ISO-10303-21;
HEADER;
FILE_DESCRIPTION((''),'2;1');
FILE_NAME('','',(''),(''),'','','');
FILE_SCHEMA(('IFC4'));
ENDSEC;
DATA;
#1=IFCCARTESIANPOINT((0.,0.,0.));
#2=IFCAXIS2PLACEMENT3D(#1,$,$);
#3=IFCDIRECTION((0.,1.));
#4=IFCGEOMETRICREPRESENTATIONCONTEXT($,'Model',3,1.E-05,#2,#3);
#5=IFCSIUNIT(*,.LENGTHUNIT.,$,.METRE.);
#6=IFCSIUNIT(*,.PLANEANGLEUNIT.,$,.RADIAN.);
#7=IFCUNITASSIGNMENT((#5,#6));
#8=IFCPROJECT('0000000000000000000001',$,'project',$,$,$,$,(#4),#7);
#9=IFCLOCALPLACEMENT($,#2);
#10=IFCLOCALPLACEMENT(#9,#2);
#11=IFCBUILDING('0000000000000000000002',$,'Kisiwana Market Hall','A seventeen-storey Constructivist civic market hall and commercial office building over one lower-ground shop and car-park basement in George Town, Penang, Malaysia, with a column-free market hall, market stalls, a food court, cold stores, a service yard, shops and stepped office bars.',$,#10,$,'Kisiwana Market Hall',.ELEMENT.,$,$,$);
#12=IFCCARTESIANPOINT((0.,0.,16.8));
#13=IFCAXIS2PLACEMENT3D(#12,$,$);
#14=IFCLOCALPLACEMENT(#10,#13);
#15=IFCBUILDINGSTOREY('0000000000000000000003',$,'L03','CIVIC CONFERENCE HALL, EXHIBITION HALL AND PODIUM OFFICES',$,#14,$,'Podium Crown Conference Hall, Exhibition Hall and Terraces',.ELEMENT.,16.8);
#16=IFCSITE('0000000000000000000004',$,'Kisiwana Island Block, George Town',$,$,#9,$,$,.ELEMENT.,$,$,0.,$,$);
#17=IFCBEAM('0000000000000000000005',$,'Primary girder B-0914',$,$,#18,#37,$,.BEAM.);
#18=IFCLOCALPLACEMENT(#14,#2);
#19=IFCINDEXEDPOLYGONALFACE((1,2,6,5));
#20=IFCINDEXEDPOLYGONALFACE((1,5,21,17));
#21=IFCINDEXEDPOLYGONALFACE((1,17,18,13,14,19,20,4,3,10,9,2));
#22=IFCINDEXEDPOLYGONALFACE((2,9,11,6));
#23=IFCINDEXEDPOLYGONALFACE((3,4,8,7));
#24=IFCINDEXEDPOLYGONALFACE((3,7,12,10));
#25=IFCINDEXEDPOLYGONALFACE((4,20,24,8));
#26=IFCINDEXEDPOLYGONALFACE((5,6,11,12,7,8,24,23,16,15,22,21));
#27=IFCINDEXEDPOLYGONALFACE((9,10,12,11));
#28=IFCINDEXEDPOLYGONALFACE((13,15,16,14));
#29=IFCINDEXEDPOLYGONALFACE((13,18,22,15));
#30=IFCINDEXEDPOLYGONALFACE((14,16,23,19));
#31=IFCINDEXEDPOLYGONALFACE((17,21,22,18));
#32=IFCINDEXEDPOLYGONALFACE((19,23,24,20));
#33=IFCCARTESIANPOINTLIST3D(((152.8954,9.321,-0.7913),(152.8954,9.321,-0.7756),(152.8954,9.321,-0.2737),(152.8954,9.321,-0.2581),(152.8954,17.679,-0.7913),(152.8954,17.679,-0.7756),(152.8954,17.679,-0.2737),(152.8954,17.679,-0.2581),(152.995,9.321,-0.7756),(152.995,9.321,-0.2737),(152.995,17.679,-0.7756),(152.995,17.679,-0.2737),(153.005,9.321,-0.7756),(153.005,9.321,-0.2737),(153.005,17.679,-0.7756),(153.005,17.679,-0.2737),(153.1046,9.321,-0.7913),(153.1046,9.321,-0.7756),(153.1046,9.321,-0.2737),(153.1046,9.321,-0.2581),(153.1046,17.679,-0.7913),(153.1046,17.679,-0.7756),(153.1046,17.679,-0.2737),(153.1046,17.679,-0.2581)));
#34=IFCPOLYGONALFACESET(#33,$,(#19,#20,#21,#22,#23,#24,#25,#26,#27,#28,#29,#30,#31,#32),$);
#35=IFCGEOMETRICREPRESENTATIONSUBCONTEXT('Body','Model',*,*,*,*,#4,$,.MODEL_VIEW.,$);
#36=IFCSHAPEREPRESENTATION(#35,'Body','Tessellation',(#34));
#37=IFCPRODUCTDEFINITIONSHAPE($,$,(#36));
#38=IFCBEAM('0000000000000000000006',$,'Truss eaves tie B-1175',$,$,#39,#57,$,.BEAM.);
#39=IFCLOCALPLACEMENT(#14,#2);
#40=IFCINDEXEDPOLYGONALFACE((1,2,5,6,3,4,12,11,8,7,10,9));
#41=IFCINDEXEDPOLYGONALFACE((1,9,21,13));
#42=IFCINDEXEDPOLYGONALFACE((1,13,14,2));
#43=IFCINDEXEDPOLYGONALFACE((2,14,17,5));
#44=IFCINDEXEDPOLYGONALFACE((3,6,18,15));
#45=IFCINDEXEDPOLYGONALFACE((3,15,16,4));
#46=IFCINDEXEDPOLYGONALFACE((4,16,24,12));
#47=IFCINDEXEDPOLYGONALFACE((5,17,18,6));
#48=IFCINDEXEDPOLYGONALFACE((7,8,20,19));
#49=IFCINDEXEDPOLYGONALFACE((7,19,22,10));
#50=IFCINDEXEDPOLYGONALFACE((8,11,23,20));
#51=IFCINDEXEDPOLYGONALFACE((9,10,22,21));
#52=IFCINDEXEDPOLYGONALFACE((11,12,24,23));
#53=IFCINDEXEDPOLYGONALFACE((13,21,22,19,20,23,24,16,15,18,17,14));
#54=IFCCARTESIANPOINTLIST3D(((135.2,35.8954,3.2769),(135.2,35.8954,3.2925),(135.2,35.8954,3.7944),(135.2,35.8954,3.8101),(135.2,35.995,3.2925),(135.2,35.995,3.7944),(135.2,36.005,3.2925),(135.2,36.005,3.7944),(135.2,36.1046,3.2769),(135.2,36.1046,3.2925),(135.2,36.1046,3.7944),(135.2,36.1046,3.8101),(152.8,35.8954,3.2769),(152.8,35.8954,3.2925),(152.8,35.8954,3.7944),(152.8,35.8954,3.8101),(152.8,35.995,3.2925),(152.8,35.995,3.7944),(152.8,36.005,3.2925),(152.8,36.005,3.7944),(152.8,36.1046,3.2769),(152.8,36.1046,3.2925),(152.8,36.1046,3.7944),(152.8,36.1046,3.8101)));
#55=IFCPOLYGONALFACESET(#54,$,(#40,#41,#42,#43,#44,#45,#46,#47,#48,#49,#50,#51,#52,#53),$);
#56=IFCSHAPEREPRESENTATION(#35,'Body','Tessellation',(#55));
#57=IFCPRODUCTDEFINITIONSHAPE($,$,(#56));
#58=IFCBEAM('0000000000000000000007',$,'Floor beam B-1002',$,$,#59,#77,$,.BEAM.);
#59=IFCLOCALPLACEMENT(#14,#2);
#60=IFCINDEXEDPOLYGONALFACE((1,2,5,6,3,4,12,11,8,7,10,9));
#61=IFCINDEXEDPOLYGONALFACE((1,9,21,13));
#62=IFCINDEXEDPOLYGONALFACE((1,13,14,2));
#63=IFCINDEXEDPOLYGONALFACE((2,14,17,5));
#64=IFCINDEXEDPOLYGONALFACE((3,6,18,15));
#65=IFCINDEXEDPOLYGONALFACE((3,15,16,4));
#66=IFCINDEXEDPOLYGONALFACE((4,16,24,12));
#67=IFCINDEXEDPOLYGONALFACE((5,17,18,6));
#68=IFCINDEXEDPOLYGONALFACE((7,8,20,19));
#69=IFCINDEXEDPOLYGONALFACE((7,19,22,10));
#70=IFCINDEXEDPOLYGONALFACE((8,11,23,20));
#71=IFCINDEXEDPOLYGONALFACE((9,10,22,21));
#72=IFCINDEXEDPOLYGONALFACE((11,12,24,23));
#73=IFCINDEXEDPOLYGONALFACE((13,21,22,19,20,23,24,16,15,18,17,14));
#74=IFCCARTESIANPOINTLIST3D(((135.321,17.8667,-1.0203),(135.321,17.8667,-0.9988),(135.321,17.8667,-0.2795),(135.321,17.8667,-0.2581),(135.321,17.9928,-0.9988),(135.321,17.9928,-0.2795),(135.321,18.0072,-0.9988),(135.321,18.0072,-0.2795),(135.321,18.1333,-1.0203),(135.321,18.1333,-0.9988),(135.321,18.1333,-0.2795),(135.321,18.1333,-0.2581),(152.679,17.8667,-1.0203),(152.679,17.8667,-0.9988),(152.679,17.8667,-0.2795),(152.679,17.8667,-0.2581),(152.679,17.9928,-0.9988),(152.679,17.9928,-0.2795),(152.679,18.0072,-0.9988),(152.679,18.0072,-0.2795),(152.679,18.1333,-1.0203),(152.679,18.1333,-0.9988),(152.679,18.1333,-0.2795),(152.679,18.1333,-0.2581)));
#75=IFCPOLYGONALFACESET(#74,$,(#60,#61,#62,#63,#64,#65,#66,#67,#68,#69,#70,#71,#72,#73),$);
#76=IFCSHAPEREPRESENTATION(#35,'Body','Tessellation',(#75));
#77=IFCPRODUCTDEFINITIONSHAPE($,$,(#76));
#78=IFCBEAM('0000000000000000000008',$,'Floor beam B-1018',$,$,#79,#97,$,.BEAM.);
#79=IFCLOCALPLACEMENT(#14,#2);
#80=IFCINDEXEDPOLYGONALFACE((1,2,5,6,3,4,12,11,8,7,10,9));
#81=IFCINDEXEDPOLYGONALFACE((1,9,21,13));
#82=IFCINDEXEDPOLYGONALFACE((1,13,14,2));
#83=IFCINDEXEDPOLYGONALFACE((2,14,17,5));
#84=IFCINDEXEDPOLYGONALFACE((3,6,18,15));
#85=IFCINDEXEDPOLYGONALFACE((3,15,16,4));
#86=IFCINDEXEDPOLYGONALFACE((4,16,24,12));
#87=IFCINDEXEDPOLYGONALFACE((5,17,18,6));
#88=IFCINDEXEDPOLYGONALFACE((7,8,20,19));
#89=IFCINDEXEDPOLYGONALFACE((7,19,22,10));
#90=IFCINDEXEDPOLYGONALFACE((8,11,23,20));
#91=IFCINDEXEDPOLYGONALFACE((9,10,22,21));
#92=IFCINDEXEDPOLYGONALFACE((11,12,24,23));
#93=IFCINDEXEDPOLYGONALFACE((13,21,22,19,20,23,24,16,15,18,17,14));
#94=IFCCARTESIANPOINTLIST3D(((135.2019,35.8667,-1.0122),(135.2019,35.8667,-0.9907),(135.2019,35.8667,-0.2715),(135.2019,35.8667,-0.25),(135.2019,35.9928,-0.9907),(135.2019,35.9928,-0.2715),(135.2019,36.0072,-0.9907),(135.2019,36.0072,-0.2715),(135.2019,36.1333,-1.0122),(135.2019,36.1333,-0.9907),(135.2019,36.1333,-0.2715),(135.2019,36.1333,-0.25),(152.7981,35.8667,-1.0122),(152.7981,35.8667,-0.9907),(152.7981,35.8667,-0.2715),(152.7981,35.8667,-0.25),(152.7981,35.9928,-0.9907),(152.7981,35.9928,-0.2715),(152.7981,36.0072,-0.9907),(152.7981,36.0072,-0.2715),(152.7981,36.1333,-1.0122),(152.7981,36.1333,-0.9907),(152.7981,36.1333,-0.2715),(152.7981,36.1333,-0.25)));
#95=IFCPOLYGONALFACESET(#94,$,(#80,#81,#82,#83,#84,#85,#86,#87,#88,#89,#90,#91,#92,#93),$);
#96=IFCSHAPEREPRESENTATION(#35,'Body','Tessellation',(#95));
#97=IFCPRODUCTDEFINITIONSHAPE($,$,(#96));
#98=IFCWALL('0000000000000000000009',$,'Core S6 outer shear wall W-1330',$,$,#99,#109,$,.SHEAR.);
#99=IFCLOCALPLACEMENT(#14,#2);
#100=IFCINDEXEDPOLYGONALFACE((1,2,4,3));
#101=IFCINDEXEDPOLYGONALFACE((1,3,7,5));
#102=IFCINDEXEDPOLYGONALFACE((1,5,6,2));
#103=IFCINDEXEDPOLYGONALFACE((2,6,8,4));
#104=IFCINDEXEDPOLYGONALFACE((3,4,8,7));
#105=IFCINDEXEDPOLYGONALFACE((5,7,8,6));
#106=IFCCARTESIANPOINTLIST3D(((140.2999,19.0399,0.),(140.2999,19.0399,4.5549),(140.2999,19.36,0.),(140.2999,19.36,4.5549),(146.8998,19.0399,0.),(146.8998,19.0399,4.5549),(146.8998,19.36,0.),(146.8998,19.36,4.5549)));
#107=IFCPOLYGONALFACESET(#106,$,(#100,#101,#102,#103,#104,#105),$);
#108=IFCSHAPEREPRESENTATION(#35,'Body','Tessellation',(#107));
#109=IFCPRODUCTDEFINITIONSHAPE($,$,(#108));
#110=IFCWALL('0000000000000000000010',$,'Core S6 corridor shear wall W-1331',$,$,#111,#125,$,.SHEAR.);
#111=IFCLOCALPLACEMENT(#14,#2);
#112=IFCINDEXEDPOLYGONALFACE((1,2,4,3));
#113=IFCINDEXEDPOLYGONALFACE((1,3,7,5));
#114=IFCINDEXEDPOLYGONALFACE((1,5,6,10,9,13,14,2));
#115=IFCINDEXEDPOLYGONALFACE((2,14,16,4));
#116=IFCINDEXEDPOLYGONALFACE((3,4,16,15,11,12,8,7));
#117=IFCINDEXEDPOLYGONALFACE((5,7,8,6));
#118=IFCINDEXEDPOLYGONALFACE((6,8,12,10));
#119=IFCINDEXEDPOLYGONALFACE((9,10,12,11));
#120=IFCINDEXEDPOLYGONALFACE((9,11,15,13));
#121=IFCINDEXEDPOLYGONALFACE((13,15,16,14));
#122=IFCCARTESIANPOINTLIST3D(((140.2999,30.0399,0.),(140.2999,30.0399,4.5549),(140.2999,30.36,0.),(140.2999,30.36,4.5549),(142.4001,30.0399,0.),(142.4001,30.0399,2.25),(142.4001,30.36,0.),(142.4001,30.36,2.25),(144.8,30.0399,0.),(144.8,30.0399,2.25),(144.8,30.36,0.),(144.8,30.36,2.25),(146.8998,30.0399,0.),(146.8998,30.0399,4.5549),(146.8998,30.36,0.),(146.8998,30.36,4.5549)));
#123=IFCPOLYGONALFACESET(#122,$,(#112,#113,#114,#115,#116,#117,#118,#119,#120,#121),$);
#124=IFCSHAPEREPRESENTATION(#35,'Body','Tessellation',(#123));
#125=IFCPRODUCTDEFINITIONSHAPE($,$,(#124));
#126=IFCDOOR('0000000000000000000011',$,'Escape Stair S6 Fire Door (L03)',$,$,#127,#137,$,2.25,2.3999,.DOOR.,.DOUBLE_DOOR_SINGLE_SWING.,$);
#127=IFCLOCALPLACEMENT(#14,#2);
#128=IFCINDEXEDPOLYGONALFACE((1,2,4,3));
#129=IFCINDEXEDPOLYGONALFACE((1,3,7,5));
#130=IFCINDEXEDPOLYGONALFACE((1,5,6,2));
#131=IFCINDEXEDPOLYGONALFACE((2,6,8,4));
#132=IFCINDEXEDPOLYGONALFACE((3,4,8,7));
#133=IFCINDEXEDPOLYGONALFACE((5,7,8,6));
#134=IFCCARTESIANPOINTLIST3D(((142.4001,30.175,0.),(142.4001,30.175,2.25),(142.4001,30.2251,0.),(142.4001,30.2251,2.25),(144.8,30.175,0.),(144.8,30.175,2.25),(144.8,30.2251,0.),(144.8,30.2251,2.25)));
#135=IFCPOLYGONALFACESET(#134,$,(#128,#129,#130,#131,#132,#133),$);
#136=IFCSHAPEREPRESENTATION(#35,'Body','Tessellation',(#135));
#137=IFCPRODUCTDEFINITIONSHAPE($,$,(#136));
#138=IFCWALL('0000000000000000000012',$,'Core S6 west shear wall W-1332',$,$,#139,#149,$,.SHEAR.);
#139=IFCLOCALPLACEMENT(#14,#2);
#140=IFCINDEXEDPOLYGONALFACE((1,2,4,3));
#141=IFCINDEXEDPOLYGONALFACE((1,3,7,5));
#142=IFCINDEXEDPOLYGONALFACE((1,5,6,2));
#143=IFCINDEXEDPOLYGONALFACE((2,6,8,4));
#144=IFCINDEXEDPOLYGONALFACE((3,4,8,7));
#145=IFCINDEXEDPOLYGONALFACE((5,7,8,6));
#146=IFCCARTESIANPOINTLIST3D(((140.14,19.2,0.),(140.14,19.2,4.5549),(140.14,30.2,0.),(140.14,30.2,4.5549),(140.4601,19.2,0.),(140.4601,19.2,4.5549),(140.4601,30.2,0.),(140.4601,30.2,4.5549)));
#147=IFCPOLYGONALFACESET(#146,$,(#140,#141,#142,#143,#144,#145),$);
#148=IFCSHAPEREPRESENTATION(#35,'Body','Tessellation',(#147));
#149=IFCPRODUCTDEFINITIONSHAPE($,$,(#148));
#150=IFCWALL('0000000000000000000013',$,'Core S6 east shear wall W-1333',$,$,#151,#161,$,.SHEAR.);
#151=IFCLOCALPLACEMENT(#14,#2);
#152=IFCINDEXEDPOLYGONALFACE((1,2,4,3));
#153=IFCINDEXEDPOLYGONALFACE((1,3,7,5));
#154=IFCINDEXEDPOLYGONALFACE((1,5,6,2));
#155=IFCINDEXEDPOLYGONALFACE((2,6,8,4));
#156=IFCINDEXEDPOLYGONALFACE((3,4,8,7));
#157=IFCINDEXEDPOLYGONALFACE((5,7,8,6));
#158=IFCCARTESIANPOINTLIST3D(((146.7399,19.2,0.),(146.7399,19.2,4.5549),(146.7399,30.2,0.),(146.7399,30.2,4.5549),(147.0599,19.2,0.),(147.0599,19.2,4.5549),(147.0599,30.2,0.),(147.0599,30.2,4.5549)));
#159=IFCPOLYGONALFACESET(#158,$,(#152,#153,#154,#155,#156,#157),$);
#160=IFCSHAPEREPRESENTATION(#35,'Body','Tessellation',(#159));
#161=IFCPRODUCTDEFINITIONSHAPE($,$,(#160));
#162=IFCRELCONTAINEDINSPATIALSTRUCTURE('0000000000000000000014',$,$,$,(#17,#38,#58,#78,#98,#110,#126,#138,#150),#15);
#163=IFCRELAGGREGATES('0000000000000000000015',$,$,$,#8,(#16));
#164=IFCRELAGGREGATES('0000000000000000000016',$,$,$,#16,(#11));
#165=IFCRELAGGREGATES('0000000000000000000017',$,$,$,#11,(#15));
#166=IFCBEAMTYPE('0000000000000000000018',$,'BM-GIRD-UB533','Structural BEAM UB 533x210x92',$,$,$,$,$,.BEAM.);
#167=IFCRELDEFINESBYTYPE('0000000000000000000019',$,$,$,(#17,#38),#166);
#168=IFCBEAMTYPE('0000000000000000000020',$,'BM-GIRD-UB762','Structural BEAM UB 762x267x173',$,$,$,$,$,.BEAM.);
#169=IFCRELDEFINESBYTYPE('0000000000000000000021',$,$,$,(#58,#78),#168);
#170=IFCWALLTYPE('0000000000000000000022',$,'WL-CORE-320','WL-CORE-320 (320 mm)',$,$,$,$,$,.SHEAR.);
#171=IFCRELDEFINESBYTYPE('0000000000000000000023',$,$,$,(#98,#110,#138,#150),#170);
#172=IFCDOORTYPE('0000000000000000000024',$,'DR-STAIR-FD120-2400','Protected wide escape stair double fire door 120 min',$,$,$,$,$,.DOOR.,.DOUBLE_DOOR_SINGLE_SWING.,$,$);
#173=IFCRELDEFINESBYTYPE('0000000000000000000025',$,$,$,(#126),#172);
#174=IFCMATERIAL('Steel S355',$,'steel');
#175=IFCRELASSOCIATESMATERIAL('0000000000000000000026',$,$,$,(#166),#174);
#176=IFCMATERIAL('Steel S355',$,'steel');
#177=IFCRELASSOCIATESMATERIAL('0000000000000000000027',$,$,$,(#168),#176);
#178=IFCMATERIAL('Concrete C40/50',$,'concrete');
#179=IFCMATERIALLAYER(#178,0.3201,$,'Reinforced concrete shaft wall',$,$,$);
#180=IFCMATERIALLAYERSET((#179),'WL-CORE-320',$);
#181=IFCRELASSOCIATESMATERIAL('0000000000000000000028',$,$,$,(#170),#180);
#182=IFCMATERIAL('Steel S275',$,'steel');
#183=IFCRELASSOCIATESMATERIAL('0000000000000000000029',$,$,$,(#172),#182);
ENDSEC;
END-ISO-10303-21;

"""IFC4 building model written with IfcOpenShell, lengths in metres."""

from ifc_helpers import new_model, si_unit, direction, frame, frame_2d, origin, origin_2d, place, context, subcontext, project, spatial, rectangle, i_section, extrude, material, layer, layer_set, material_profile, profile_set, type_object, element, fill, save


model = new_model("IFC4")

# Units and contexts
model_context = context("Model", 3, precision=1e-05, world=origin(), true_north=direction((0.0, 1.0)))
body_context = subcontext(model_context, "Body", "Model", "MODEL_VIEW")
ifc_project = project(units=[si_unit("LENGTHUNIT", "METRE"), si_unit("PLANEANGLEUNIT", "RADIAN")], contexts=[model_context])

# Site, building, storey
site_placement = place(None, origin())
site = spatial("IfcSite", under=ifc_project, at=site_placement, Name="Kisiwana Island Block, George Town", CompositionType="ELEMENT", RefElevation=0.0)
building_placement = place(site_placement, origin())
building = spatial("IfcBuilding", under=site, at=building_placement, Name="Kisiwana Market Hall", Description="A seventeen-storey Constructivist civic market hall and commercial office building over one lower-ground shop and car-park basement in George Town, Penang, Malaysia, with a column-free market hall, market stalls, a food court, cold stores, a service yard, shops and stepped office bars.", LongName="Kisiwana Market Hall", CompositionType="ELEMENT")
storey_placement = place(building_placement, frame((0.0, 0.0, 16.8)))
storey = spatial("IfcBuildingStorey", under=building, at=storey_placement, Name="L03", Description="CIVIC CONFERENCE HALL, EXHIBITION HALL AND PODIUM OFFICES", LongName="Podium Crown Conference Hall, Exhibition Hall and Terraces", CompositionType="ELEMENT", Elevation=16.8)

# Beams
ifc_material_1 = material(Name="Steel S355", Category="steel")
ifc_material_profile_1 = material_profile(ifc_material_1, i_section(OverallWidth=0.2092, OverallDepth=0.5332, WebThickness=0.01, FlangeThickness=0.0156, at=origin_2d()), Name="UB 533x210x92")
ifc_profile_set_1 = profile_set([ifc_material_profile_1], Name="Steel S355")
beam_type_1 = type_object("IfcBeamType", Name="BM-GIRD-UB533", Description="Structural BEAM UB 533x210x92", PredefinedType="BEAM", material=ifc_profile_set_1)
beam_1_placement = place(storey_placement, frame((153.0, 9.321, -0.5247), z_axis=(0.0, 1.0, 0.0), x_axis=(-1.0, 0.0, 0.0)))
element("IfcBeam", 1, at=beam_1_placement, inside=storey, type_object=beam_type_1, Name="Primary girder B-0914", PredefinedType="BEAM", context=body_context, shape_type="SweptSolid", body=[
    extrude(i_section(OverallWidth=0.2092, OverallDepth=0.5332, WebThickness=0.01, FlangeThickness=0.0156, at=origin_2d()), origin(), (0.0, 0.0, 1.0), 8.3579),
])
beam_2_placement = place(storey_placement, frame((135.2, 36.0, 3.5435), z_axis=(1.0, 0.0, 0.0), x_axis=(0.0, 1.0, 0.0)))
element("IfcBeam", 2, at=beam_2_placement, inside=storey, type_object=beam_type_1, Name="Truss eaves tie B-1175", PredefinedType="BEAM", context=body_context, shape_type="SweptSolid", body=[
    extrude(i_section(OverallWidth=0.2092, OverallDepth=0.5332, WebThickness=0.01, FlangeThickness=0.0156, at=origin_2d()), origin(), (0.0, 0.0, 1.0), 17.6001),
])
ifc_material_2 = material(Name="Steel S355", Category="steel")
ifc_material_profile_2 = material_profile(ifc_material_2, i_section(OverallWidth=0.2666, OverallDepth=0.7622, WebThickness=0.0144, FlangeThickness=0.0215, at=origin_2d()), Name="UB 762x267x173")
ifc_profile_set_2 = profile_set([ifc_material_profile_2], Name="Steel S355")
beam_type_2 = type_object("IfcBeamType", Name="BM-GIRD-UB762", Description="Structural BEAM UB 762x267x173", PredefinedType="BEAM", material=ifc_profile_set_2)
beam_3_placement = place(storey_placement, frame((135.321, 18.0, -0.6392), z_axis=(1.0, 0.0, 0.0), x_axis=(0.0, 1.0, 0.0)))
element("IfcBeam", 3, at=beam_3_placement, inside=storey, type_object=beam_type_2, Name="Floor beam B-1002", PredefinedType="BEAM", context=body_context, shape_type="SweptSolid", body=[
    extrude(i_section(OverallWidth=0.2666, OverallDepth=0.7622, WebThickness=0.0144, FlangeThickness=0.0215, at=origin_2d()), origin(), (0.0, 0.0, 1.0), 17.3579),
])
beam_4_placement = place(storey_placement, frame((135.2019, 36.0, -0.6311), z_axis=(1.0, 0.0, 0.0), x_axis=(0.0, 1.0, 0.0)))
element("IfcBeam", 4, at=beam_4_placement, inside=storey, type_object=beam_type_2, Name="Floor beam B-1018", PredefinedType="BEAM", context=body_context, shape_type="SweptSolid", body=[
    extrude(i_section(OverallWidth=0.2666, OverallDepth=0.7622, WebThickness=0.0144, FlangeThickness=0.0215, at=origin_2d()), origin(), (0.0, 0.0, 1.0), 17.5962),
])

# Wall
ifc_material_3 = material(Name="Concrete C40/50", Category="concrete")
ifc_layer_1 = layer(ifc_material_3, 0.3201, Name="Reinforced concrete shaft wall")
ifc_layer_set_1 = layer_set([ifc_layer_1], Name="WL-CORE-320")
wall_type_1 = type_object("IfcWallType", Name="WL-CORE-320", Description="WL-CORE-320 (320 mm)", PredefinedType="SHEAR", material=ifc_layer_set_1)
wall_1_placement = place(storey_placement, frame((140.3, 19.2, 0.0), z_axis=(0.0, 0.0, 1.0), x_axis=(1.0, 0.0, 0.0)))
element("IfcWall", 5, at=wall_1_placement, inside=storey, type_object=wall_type_1, Name="Core S6 outer shear wall W-1330", PredefinedType="SHEAR", context=body_context, shape_type="SweptSolid", body=[
    extrude(rectangle(XDim=6.5999, YDim=0.3201, at=frame_2d((3.2998, 0.0))), origin(), (0.0, 0.0, 1.0), 4.5549),
])

# Wall, opening, door
wall_2_placement = place(storey_placement, frame((140.3, 30.2, 0.0), z_axis=(0.0, 0.0, 1.0), x_axis=(1.0, 0.0, 0.0)))
wall_2 = element("IfcWall", 6, at=wall_2_placement, inside=storey, type_object=wall_type_1, Name="Core S6 corridor shear wall W-1331", PredefinedType="SHEAR", context=body_context, shape_type="SweptSolid", body=[
    extrude(rectangle(XDim=6.5999, YDim=0.3201, at=frame_2d((3.2998, 0.0))), origin(), (0.0, 0.0, 1.0), 4.5549),
])
opening_1_placement = place(wall_2_placement, frame((2.1001, 0.0, 0.0)))
opening_1 = element("IfcOpeningElement", 7, at=opening_1_placement, cuts=wall_2, PredefinedType="OPENING", context=body_context, shape_type="SweptSolid", body=[
    extrude(rectangle(XDim=2.3999, YDim=2.25, at=frame_2d((1.2, 1.125))), frame((0.0, 0.1719, 0.0), z_axis=(0.0, -1.0, 0.0), x_axis=(1.0, 0.0, 0.0)), (0.0, 0.0, 1.0), 0.344),
])
ifc_material_4 = material(Name="Steel S275", Category="steel")
door_type_1 = type_object("IfcDoorType", Name="DR-STAIR-FD120-2400", Description="Protected wide escape stair double fire door 120 min", OperationType="DOUBLE_DOOR_SINGLE_SWING", PredefinedType="DOOR", material=ifc_material_4)
door_1_placement = place(opening_1_placement, frame((2.3999, 0.0, 0.0), z_axis=(0.0, 0.0, 1.0), x_axis=(-1.0, 0.0, 0.0)))
door_1 = element("IfcDoor", 8, at=door_1_placement, inside=storey, type_object=door_type_1, Name="Escape Stair S6 Fire Door (L03)", OperationType="DOUBLE_DOOR_SINGLE_SWING", OverallHeight=2.25, OverallWidth=2.3999, PredefinedType="DOOR", context=body_context, shape_type="SweptSolid", body=[
    extrude(rectangle(XDim=2.3999, YDim=2.25, at=frame_2d((1.2, 1.125))), frame((0.0, 0.0249, 0.0), z_axis=(0.0, -1.0, 0.0), x_axis=(1.0, 0.0, 0.0)), (0.0, 0.0, 1.0), 0.05),
])
fill(opening_1, door_1)

# Walls
for number, where, z_axis, x_axis, name in (
    (9, (140.3, 19.2, 0.0), (0.0, 0.0, 1.0), (0.0, 1.0, 0.0), "Core S6 west shear wall W-1332"),
    (10, (146.8999, 19.2, 0.0), (0.0, 0.0, 1.0), (0.0, 1.0, 0.0), "Core S6 east shear wall W-1333"),
):
    element("IfcWall", number, at=place(storey_placement, frame(where, z_axis=z_axis, x_axis=x_axis)), inside=storey, type_object=wall_type_1, Name=name, PredefinedType="SHEAR", context=body_context, shape_type="SweptSolid", body=[
        extrude(rectangle(XDim=11.0, YDim=0.3201, at=frame_2d((5.5, 0.0))), origin(), (0.0, 0.0, 1.0), 4.5549),
    ])

save(model, "model.ifc")
